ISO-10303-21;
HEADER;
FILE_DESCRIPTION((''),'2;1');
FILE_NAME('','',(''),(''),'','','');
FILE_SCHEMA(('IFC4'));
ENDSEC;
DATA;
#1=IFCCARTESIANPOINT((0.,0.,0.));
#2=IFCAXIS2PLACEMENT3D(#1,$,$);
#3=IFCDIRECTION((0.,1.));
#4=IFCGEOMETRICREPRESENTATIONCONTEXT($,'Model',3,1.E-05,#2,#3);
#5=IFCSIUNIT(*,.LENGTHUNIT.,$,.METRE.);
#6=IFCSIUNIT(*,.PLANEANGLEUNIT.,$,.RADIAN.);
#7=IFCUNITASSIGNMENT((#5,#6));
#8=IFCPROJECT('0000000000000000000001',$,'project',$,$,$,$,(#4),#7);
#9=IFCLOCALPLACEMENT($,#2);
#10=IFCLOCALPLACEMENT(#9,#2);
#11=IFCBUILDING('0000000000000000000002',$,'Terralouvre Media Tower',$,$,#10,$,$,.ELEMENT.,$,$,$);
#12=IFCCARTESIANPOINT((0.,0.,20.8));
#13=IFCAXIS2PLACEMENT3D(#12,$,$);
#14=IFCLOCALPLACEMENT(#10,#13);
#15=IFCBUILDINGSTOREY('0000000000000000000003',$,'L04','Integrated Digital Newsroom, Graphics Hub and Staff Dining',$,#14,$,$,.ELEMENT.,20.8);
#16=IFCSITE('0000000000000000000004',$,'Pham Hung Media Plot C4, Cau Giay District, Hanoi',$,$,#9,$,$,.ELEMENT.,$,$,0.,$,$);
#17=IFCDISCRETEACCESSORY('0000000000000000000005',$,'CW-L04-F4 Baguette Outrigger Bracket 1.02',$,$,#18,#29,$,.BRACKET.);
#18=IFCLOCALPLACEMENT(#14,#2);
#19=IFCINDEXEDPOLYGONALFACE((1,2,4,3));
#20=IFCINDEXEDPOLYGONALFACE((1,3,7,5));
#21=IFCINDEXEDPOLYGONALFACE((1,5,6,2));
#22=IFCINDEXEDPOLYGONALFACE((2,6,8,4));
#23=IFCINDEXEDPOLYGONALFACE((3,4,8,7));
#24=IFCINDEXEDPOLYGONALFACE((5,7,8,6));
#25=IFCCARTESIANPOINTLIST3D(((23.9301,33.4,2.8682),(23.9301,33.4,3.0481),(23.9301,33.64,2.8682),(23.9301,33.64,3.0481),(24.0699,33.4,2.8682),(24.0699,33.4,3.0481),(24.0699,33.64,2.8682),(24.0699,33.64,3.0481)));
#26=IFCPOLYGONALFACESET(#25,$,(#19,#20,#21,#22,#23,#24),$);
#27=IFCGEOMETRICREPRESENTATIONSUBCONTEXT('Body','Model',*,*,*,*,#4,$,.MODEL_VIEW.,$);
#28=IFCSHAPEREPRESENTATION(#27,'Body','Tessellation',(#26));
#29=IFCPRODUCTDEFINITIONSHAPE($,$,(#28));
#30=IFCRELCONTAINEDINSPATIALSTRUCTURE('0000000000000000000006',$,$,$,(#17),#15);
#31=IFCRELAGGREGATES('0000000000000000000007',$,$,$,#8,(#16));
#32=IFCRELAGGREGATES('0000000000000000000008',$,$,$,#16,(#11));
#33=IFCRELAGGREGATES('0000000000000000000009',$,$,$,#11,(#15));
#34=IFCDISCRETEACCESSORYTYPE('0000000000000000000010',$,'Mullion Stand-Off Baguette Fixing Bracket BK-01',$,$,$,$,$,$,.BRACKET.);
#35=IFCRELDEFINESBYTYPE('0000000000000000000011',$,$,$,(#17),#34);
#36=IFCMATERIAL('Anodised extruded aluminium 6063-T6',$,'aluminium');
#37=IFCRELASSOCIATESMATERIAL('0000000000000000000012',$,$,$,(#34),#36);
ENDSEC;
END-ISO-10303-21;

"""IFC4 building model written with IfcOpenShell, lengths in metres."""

from ifc_helpers import new_model, si_unit, direction, frame, origin, origin_2d, place, context, subcontext, project, spatial, rectangle, extrude, material, type_object, element, save


model = new_model("IFC4")

# Units and contexts
model_context = context("Model", 3, precision=1e-05, world=origin(), true_north=direction((0.0, 1.0)))
body_context = subcontext(model_context, "Body", "Model", "MODEL_VIEW")
ifc_project = project(units=[si_unit("LENGTHUNIT", "METRE"), si_unit("PLANEANGLEUNIT", "RADIAN")], contexts=[model_context])

# Site, building, storey
site_placement = place(None, origin())
site = spatial("IfcSite", under=ifc_project, at=site_placement, Name="Pham Hung Media Plot C4, Cau Giay District, Hanoi", CompositionType="ELEMENT", RefElevation=0.0)
building_placement = place(site_placement, origin())
building = spatial("IfcBuilding", under=site, at=building_placement, Name="Terralouvre Media Tower", CompositionType="ELEMENT")
storey_placement = place(building_placement, frame((0.0, 0.0, 20.8)))
storey = spatial("IfcBuildingStorey", under=building, at=storey_placement, Name="L04", Description="Integrated Digital Newsroom, Graphics Hub and Staff Dining", CompositionType="ELEMENT", Elevation=20.8)

# Discrete accessory
ifc_material_1 = material(Name="Anodised extruded aluminium 6063-T6", Category="aluminium")
discrete_accessory_type = type_object("IfcDiscreteAccessoryType", Name="Mullion Stand-Off Baguette Fixing Bracket BK-01", PredefinedType="BRACKET", material=ifc_material_1)
for number, where, z_axis, x_axis, name in (
    (1, (24.0, 33.52, 2.8682), (0.0, 0.0, 1.0), (-1.0, 0.0, 0.0), "CW-L04-F4 Baguette Outrigger Bracket 1.02"),
):
    element("IfcDiscreteAccessory", number, at=place(storey_placement, frame(where, z_axis=z_axis, x_axis=x_axis)), inside=storey, type_object=discrete_accessory_type, Name=name, PredefinedType="BRACKET", context=body_context, shape_type="SweptSolid", body=[
        extrude(rectangle(XDim=0.1399, YDim=0.24, at=origin_2d()), origin(), (0.0, 0.0, 1.0), 0.1799),
    ])

save(model, "model.ifc")
